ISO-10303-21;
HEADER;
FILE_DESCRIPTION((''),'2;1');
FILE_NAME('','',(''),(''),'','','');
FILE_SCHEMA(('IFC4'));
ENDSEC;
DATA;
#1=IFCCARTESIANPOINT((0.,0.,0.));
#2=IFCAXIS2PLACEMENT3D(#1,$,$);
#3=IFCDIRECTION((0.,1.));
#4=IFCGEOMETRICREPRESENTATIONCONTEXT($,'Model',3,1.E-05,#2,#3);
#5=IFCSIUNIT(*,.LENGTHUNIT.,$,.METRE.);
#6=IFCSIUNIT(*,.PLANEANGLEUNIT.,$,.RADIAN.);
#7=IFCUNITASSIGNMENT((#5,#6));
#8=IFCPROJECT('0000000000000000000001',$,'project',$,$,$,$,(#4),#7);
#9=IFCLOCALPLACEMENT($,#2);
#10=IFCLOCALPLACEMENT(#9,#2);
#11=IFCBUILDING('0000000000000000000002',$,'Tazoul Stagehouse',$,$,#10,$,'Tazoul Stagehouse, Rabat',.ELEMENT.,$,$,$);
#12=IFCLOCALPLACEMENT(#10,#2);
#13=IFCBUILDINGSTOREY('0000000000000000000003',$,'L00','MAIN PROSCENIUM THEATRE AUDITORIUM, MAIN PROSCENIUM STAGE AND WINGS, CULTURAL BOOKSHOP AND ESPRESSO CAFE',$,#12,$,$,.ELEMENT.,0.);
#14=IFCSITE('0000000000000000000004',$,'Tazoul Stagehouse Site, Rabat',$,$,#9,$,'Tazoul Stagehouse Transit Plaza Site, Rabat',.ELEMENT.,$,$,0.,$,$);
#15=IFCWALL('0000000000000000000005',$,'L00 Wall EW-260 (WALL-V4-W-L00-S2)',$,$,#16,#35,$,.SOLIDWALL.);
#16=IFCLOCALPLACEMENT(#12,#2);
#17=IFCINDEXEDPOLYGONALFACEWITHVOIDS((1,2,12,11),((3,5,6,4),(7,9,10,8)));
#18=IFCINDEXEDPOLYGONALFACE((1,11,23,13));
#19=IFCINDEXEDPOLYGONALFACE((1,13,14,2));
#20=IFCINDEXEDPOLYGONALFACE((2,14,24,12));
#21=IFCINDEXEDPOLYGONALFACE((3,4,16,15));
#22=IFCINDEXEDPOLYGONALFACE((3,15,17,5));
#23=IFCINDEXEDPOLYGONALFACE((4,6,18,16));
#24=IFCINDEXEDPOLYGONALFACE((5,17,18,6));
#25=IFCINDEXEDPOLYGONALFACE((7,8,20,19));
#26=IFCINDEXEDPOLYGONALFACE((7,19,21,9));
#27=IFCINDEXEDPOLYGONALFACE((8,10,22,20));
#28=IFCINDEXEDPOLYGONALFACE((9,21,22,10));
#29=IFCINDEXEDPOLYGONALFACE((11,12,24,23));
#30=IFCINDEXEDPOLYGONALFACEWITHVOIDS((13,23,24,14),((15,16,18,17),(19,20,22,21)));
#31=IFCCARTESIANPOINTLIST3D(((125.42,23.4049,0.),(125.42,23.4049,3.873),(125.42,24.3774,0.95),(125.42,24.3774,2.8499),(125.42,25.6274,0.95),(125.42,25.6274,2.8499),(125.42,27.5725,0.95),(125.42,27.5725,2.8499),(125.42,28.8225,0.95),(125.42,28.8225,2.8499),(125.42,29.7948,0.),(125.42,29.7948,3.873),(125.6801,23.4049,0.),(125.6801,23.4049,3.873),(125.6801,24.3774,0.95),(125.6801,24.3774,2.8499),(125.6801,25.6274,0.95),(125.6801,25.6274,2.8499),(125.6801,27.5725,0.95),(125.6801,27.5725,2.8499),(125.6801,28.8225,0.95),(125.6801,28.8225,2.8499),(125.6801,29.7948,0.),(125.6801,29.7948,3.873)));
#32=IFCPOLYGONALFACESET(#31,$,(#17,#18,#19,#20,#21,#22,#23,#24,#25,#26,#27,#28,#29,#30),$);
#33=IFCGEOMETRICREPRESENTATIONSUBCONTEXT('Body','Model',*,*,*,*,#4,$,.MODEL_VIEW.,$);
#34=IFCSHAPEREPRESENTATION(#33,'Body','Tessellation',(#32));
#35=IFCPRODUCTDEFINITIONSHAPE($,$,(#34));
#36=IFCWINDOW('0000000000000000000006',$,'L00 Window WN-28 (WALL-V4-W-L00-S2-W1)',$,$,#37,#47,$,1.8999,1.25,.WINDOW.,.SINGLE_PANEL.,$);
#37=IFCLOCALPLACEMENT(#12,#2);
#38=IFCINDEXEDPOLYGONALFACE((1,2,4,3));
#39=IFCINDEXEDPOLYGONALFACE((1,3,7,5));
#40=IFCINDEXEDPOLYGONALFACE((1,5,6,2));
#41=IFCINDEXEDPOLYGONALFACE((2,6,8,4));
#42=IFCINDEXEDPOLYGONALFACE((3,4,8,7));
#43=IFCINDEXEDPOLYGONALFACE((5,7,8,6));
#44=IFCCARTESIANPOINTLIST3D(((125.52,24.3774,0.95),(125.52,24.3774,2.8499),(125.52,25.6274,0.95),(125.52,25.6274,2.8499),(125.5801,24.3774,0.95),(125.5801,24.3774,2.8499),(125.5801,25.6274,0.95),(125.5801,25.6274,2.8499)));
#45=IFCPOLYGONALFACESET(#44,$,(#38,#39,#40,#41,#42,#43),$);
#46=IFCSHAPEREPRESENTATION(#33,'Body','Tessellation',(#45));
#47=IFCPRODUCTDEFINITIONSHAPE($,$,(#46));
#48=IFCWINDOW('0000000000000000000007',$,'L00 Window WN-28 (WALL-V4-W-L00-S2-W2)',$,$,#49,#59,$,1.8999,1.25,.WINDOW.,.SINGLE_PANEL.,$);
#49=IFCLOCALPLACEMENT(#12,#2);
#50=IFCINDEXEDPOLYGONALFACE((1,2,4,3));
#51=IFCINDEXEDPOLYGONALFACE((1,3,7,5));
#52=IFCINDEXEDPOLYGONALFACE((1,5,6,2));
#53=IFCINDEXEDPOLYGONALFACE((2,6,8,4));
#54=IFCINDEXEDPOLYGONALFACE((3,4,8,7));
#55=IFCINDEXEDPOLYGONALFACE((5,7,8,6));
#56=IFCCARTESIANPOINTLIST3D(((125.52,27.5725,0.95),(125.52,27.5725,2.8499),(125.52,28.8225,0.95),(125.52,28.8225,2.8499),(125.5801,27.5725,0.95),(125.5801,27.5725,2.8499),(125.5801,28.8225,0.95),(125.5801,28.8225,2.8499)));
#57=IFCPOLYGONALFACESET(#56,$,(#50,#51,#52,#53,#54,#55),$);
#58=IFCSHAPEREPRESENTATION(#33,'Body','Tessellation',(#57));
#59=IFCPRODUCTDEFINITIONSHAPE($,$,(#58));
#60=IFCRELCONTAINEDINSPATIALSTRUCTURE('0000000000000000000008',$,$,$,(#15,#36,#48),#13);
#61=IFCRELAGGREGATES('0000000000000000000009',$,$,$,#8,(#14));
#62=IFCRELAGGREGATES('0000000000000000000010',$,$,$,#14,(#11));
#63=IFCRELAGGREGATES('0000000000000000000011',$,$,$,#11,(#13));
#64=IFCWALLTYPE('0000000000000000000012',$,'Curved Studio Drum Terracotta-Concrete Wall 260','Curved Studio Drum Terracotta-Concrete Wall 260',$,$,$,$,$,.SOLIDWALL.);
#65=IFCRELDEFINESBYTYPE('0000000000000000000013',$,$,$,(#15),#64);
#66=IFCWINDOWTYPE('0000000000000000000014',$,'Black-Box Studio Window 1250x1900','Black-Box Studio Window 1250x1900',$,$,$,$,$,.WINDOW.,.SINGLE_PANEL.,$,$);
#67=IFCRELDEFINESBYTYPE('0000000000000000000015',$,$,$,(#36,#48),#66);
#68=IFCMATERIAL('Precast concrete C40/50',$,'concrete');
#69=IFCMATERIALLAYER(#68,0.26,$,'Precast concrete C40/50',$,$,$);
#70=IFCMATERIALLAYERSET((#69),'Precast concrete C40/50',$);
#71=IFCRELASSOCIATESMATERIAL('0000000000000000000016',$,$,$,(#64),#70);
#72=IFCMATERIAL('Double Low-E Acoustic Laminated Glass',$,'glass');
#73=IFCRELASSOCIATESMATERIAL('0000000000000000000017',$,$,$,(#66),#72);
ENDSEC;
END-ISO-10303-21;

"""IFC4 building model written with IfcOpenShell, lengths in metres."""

from ifc_helpers import new_model, si_unit, direction, frame, frame_2d, origin, place, context, subcontext, project, spatial, rectangle, extrude, material, layer, layer_set, type_object, element, fill, save


model = new_model("IFC4")

# Units and contexts
model_context = context("Model", 3, precision=1e-05, world=origin(), true_north=direction((0.0, 1.0)))
body_context = subcontext(model_context, "Body", "Model", "MODEL_VIEW")
ifc_project = project(units=[si_unit("LENGTHUNIT", "METRE"), si_unit("PLANEANGLEUNIT", "RADIAN")], contexts=[model_context])

# Site, building, storey
site_placement = place(None, origin())
site = spatial("IfcSite", under=ifc_project, at=site_placement, Name="Tazoul Stagehouse Site, Rabat", LongName="Tazoul Stagehouse Transit Plaza Site, Rabat", CompositionType="ELEMENT", RefElevation=0.0)
building_placement = place(site_placement, origin())
building = spatial("IfcBuilding", under=site, at=building_placement, Name="Tazoul Stagehouse", LongName="Tazoul Stagehouse, Rabat", CompositionType="ELEMENT")
storey_placement = place(building_placement, origin())
storey = spatial("IfcBuildingStorey", under=building, at=storey_placement, Name="L00", Description="MAIN PROSCENIUM THEATRE AUDITORIUM, MAIN PROSCENIUM STAGE AND WINGS, CULTURAL BOOKSHOP AND ESPRESSO CAFE", CompositionType="ELEMENT", Elevation=0.0)

# Shared definitions
ifc_material_1 = material(Name="Precast concrete C40/50", Category="concrete")
ifc_layer_1 = layer(ifc_material_1, 0.26, Name="Precast concrete C40/50")
ifc_layer_set_1 = layer_set([ifc_layer_1], Name="Precast concrete C40/50")
wall_type = type_object("IfcWallType", Name="Curved Studio Drum Terracotta-Concrete Wall 260", Description="Curved Studio Drum Terracotta-Concrete Wall 260", PredefinedType="SOLIDWALL", material=ifc_layer_set_1)
ifc_material_2 = material(Name="Double Low-E Acoustic Laminated Glass", Category="glass")

# Wall, openings, windows
wall_1_placement = place(storey_placement, frame((125.55, 23.405, 0.0), z_axis=(0.0, 0.0, 1.0), x_axis=(0.0, 1.0, 0.0)))
wall_1 = element("IfcWall", 1, at=wall_1_placement, inside=storey, type_object=wall_type, Name="L00 Wall EW-260 (WALL-V4-W-L00-S2)", PredefinedType="SOLIDWALL", context=body_context, shape_type="SweptSolid", body=[
    extrude(rectangle(XDim=6.3899, YDim=0.26, at=frame_2d((3.1948, 0.0))), origin(), (0.0, 0.0, 1.0), 3.873),
])
opening_1_placement = place(wall_1_placement, frame((0.9724, 0.0, 0.95)))
opening_1 = element("IfcOpeningElement", 2, at=opening_1_placement, cuts=wall_1, PredefinedType="OPENING", context=body_context, shape_type="SweptSolid", body=[
    extrude(rectangle(XDim=1.25, YDim=1.8999, at=frame_2d((0.625, 0.95))), frame((0.0, 0.1499, 0.0), z_axis=(0.0, -1.0, 0.0), x_axis=(1.0, 0.0, 0.0)), (0.0, 0.0, 1.0), 0.3),
])
opening_2_placement = place(wall_1_placement, frame((4.1675, 0.0, 0.95)))
opening_2 = element("IfcOpeningElement", 3, at=opening_2_placement, cuts=wall_1, PredefinedType="OPENING", context=body_context, shape_type="SweptSolid", body=[
    extrude(rectangle(XDim=1.25, YDim=1.8999, at=frame_2d((0.625, 0.95))), frame((0.0, 0.1499, 0.0), z_axis=(0.0, -1.0, 0.0), x_axis=(1.0, 0.0, 0.0)), (0.0, 0.0, 1.0), 0.3),
])
window_type_1 = type_object("IfcWindowType", Name="Black-Box Studio Window 1250x1900", Description="Black-Box Studio Window 1250x1900", PartitioningType="SINGLE_PANEL", PredefinedType="WINDOW", material=ifc_material_2)
window_1_placement = place(opening_1_placement, origin())
window_1 = element("IfcWindow", 4, at=window_1_placement, inside=storey, type_object=window_type_1, Name="L00 Window WN-28 (WALL-V4-W-L00-S2-W1)", OverallHeight=1.8999, OverallWidth=1.25, PartitioningType="SINGLE_PANEL", PredefinedType="WINDOW", context=body_context, shape_type="SweptSolid", body=[
    extrude(rectangle(XDim=1.25, YDim=1.8999, at=frame_2d((0.625, 0.95))), frame((0.0, 0.03, 0.0), z_axis=(0.0, -1.0, 0.0), x_axis=(1.0, 0.0, 0.0)), (0.0, 0.0, 1.0), 0.0601),
])
fill(opening_1, window_1)
window_2_placement = place(opening_2_placement, origin())
window_2 = element("IfcWindow", 5, at=window_2_placement, inside=storey, type_object=window_type_1, Name="L00 Window WN-28 (WALL-V4-W-L00-S2-W2)", OverallHeight=1.8999, OverallWidth=1.25, PartitioningType="SINGLE_PANEL", PredefinedType="WINDOW", context=body_context, shape_type="SweptSolid", body=[
    extrude(rectangle(XDim=1.25, YDim=1.8999, at=frame_2d((0.625, 0.95))), frame((0.0, 0.03, 0.0), z_axis=(0.0, -1.0, 0.0), x_axis=(1.0, 0.0, 0.0)), (0.0, 0.0, 1.0), 0.0601),
])
fill(opening_2, window_2)

save(model, "model.ifc")
